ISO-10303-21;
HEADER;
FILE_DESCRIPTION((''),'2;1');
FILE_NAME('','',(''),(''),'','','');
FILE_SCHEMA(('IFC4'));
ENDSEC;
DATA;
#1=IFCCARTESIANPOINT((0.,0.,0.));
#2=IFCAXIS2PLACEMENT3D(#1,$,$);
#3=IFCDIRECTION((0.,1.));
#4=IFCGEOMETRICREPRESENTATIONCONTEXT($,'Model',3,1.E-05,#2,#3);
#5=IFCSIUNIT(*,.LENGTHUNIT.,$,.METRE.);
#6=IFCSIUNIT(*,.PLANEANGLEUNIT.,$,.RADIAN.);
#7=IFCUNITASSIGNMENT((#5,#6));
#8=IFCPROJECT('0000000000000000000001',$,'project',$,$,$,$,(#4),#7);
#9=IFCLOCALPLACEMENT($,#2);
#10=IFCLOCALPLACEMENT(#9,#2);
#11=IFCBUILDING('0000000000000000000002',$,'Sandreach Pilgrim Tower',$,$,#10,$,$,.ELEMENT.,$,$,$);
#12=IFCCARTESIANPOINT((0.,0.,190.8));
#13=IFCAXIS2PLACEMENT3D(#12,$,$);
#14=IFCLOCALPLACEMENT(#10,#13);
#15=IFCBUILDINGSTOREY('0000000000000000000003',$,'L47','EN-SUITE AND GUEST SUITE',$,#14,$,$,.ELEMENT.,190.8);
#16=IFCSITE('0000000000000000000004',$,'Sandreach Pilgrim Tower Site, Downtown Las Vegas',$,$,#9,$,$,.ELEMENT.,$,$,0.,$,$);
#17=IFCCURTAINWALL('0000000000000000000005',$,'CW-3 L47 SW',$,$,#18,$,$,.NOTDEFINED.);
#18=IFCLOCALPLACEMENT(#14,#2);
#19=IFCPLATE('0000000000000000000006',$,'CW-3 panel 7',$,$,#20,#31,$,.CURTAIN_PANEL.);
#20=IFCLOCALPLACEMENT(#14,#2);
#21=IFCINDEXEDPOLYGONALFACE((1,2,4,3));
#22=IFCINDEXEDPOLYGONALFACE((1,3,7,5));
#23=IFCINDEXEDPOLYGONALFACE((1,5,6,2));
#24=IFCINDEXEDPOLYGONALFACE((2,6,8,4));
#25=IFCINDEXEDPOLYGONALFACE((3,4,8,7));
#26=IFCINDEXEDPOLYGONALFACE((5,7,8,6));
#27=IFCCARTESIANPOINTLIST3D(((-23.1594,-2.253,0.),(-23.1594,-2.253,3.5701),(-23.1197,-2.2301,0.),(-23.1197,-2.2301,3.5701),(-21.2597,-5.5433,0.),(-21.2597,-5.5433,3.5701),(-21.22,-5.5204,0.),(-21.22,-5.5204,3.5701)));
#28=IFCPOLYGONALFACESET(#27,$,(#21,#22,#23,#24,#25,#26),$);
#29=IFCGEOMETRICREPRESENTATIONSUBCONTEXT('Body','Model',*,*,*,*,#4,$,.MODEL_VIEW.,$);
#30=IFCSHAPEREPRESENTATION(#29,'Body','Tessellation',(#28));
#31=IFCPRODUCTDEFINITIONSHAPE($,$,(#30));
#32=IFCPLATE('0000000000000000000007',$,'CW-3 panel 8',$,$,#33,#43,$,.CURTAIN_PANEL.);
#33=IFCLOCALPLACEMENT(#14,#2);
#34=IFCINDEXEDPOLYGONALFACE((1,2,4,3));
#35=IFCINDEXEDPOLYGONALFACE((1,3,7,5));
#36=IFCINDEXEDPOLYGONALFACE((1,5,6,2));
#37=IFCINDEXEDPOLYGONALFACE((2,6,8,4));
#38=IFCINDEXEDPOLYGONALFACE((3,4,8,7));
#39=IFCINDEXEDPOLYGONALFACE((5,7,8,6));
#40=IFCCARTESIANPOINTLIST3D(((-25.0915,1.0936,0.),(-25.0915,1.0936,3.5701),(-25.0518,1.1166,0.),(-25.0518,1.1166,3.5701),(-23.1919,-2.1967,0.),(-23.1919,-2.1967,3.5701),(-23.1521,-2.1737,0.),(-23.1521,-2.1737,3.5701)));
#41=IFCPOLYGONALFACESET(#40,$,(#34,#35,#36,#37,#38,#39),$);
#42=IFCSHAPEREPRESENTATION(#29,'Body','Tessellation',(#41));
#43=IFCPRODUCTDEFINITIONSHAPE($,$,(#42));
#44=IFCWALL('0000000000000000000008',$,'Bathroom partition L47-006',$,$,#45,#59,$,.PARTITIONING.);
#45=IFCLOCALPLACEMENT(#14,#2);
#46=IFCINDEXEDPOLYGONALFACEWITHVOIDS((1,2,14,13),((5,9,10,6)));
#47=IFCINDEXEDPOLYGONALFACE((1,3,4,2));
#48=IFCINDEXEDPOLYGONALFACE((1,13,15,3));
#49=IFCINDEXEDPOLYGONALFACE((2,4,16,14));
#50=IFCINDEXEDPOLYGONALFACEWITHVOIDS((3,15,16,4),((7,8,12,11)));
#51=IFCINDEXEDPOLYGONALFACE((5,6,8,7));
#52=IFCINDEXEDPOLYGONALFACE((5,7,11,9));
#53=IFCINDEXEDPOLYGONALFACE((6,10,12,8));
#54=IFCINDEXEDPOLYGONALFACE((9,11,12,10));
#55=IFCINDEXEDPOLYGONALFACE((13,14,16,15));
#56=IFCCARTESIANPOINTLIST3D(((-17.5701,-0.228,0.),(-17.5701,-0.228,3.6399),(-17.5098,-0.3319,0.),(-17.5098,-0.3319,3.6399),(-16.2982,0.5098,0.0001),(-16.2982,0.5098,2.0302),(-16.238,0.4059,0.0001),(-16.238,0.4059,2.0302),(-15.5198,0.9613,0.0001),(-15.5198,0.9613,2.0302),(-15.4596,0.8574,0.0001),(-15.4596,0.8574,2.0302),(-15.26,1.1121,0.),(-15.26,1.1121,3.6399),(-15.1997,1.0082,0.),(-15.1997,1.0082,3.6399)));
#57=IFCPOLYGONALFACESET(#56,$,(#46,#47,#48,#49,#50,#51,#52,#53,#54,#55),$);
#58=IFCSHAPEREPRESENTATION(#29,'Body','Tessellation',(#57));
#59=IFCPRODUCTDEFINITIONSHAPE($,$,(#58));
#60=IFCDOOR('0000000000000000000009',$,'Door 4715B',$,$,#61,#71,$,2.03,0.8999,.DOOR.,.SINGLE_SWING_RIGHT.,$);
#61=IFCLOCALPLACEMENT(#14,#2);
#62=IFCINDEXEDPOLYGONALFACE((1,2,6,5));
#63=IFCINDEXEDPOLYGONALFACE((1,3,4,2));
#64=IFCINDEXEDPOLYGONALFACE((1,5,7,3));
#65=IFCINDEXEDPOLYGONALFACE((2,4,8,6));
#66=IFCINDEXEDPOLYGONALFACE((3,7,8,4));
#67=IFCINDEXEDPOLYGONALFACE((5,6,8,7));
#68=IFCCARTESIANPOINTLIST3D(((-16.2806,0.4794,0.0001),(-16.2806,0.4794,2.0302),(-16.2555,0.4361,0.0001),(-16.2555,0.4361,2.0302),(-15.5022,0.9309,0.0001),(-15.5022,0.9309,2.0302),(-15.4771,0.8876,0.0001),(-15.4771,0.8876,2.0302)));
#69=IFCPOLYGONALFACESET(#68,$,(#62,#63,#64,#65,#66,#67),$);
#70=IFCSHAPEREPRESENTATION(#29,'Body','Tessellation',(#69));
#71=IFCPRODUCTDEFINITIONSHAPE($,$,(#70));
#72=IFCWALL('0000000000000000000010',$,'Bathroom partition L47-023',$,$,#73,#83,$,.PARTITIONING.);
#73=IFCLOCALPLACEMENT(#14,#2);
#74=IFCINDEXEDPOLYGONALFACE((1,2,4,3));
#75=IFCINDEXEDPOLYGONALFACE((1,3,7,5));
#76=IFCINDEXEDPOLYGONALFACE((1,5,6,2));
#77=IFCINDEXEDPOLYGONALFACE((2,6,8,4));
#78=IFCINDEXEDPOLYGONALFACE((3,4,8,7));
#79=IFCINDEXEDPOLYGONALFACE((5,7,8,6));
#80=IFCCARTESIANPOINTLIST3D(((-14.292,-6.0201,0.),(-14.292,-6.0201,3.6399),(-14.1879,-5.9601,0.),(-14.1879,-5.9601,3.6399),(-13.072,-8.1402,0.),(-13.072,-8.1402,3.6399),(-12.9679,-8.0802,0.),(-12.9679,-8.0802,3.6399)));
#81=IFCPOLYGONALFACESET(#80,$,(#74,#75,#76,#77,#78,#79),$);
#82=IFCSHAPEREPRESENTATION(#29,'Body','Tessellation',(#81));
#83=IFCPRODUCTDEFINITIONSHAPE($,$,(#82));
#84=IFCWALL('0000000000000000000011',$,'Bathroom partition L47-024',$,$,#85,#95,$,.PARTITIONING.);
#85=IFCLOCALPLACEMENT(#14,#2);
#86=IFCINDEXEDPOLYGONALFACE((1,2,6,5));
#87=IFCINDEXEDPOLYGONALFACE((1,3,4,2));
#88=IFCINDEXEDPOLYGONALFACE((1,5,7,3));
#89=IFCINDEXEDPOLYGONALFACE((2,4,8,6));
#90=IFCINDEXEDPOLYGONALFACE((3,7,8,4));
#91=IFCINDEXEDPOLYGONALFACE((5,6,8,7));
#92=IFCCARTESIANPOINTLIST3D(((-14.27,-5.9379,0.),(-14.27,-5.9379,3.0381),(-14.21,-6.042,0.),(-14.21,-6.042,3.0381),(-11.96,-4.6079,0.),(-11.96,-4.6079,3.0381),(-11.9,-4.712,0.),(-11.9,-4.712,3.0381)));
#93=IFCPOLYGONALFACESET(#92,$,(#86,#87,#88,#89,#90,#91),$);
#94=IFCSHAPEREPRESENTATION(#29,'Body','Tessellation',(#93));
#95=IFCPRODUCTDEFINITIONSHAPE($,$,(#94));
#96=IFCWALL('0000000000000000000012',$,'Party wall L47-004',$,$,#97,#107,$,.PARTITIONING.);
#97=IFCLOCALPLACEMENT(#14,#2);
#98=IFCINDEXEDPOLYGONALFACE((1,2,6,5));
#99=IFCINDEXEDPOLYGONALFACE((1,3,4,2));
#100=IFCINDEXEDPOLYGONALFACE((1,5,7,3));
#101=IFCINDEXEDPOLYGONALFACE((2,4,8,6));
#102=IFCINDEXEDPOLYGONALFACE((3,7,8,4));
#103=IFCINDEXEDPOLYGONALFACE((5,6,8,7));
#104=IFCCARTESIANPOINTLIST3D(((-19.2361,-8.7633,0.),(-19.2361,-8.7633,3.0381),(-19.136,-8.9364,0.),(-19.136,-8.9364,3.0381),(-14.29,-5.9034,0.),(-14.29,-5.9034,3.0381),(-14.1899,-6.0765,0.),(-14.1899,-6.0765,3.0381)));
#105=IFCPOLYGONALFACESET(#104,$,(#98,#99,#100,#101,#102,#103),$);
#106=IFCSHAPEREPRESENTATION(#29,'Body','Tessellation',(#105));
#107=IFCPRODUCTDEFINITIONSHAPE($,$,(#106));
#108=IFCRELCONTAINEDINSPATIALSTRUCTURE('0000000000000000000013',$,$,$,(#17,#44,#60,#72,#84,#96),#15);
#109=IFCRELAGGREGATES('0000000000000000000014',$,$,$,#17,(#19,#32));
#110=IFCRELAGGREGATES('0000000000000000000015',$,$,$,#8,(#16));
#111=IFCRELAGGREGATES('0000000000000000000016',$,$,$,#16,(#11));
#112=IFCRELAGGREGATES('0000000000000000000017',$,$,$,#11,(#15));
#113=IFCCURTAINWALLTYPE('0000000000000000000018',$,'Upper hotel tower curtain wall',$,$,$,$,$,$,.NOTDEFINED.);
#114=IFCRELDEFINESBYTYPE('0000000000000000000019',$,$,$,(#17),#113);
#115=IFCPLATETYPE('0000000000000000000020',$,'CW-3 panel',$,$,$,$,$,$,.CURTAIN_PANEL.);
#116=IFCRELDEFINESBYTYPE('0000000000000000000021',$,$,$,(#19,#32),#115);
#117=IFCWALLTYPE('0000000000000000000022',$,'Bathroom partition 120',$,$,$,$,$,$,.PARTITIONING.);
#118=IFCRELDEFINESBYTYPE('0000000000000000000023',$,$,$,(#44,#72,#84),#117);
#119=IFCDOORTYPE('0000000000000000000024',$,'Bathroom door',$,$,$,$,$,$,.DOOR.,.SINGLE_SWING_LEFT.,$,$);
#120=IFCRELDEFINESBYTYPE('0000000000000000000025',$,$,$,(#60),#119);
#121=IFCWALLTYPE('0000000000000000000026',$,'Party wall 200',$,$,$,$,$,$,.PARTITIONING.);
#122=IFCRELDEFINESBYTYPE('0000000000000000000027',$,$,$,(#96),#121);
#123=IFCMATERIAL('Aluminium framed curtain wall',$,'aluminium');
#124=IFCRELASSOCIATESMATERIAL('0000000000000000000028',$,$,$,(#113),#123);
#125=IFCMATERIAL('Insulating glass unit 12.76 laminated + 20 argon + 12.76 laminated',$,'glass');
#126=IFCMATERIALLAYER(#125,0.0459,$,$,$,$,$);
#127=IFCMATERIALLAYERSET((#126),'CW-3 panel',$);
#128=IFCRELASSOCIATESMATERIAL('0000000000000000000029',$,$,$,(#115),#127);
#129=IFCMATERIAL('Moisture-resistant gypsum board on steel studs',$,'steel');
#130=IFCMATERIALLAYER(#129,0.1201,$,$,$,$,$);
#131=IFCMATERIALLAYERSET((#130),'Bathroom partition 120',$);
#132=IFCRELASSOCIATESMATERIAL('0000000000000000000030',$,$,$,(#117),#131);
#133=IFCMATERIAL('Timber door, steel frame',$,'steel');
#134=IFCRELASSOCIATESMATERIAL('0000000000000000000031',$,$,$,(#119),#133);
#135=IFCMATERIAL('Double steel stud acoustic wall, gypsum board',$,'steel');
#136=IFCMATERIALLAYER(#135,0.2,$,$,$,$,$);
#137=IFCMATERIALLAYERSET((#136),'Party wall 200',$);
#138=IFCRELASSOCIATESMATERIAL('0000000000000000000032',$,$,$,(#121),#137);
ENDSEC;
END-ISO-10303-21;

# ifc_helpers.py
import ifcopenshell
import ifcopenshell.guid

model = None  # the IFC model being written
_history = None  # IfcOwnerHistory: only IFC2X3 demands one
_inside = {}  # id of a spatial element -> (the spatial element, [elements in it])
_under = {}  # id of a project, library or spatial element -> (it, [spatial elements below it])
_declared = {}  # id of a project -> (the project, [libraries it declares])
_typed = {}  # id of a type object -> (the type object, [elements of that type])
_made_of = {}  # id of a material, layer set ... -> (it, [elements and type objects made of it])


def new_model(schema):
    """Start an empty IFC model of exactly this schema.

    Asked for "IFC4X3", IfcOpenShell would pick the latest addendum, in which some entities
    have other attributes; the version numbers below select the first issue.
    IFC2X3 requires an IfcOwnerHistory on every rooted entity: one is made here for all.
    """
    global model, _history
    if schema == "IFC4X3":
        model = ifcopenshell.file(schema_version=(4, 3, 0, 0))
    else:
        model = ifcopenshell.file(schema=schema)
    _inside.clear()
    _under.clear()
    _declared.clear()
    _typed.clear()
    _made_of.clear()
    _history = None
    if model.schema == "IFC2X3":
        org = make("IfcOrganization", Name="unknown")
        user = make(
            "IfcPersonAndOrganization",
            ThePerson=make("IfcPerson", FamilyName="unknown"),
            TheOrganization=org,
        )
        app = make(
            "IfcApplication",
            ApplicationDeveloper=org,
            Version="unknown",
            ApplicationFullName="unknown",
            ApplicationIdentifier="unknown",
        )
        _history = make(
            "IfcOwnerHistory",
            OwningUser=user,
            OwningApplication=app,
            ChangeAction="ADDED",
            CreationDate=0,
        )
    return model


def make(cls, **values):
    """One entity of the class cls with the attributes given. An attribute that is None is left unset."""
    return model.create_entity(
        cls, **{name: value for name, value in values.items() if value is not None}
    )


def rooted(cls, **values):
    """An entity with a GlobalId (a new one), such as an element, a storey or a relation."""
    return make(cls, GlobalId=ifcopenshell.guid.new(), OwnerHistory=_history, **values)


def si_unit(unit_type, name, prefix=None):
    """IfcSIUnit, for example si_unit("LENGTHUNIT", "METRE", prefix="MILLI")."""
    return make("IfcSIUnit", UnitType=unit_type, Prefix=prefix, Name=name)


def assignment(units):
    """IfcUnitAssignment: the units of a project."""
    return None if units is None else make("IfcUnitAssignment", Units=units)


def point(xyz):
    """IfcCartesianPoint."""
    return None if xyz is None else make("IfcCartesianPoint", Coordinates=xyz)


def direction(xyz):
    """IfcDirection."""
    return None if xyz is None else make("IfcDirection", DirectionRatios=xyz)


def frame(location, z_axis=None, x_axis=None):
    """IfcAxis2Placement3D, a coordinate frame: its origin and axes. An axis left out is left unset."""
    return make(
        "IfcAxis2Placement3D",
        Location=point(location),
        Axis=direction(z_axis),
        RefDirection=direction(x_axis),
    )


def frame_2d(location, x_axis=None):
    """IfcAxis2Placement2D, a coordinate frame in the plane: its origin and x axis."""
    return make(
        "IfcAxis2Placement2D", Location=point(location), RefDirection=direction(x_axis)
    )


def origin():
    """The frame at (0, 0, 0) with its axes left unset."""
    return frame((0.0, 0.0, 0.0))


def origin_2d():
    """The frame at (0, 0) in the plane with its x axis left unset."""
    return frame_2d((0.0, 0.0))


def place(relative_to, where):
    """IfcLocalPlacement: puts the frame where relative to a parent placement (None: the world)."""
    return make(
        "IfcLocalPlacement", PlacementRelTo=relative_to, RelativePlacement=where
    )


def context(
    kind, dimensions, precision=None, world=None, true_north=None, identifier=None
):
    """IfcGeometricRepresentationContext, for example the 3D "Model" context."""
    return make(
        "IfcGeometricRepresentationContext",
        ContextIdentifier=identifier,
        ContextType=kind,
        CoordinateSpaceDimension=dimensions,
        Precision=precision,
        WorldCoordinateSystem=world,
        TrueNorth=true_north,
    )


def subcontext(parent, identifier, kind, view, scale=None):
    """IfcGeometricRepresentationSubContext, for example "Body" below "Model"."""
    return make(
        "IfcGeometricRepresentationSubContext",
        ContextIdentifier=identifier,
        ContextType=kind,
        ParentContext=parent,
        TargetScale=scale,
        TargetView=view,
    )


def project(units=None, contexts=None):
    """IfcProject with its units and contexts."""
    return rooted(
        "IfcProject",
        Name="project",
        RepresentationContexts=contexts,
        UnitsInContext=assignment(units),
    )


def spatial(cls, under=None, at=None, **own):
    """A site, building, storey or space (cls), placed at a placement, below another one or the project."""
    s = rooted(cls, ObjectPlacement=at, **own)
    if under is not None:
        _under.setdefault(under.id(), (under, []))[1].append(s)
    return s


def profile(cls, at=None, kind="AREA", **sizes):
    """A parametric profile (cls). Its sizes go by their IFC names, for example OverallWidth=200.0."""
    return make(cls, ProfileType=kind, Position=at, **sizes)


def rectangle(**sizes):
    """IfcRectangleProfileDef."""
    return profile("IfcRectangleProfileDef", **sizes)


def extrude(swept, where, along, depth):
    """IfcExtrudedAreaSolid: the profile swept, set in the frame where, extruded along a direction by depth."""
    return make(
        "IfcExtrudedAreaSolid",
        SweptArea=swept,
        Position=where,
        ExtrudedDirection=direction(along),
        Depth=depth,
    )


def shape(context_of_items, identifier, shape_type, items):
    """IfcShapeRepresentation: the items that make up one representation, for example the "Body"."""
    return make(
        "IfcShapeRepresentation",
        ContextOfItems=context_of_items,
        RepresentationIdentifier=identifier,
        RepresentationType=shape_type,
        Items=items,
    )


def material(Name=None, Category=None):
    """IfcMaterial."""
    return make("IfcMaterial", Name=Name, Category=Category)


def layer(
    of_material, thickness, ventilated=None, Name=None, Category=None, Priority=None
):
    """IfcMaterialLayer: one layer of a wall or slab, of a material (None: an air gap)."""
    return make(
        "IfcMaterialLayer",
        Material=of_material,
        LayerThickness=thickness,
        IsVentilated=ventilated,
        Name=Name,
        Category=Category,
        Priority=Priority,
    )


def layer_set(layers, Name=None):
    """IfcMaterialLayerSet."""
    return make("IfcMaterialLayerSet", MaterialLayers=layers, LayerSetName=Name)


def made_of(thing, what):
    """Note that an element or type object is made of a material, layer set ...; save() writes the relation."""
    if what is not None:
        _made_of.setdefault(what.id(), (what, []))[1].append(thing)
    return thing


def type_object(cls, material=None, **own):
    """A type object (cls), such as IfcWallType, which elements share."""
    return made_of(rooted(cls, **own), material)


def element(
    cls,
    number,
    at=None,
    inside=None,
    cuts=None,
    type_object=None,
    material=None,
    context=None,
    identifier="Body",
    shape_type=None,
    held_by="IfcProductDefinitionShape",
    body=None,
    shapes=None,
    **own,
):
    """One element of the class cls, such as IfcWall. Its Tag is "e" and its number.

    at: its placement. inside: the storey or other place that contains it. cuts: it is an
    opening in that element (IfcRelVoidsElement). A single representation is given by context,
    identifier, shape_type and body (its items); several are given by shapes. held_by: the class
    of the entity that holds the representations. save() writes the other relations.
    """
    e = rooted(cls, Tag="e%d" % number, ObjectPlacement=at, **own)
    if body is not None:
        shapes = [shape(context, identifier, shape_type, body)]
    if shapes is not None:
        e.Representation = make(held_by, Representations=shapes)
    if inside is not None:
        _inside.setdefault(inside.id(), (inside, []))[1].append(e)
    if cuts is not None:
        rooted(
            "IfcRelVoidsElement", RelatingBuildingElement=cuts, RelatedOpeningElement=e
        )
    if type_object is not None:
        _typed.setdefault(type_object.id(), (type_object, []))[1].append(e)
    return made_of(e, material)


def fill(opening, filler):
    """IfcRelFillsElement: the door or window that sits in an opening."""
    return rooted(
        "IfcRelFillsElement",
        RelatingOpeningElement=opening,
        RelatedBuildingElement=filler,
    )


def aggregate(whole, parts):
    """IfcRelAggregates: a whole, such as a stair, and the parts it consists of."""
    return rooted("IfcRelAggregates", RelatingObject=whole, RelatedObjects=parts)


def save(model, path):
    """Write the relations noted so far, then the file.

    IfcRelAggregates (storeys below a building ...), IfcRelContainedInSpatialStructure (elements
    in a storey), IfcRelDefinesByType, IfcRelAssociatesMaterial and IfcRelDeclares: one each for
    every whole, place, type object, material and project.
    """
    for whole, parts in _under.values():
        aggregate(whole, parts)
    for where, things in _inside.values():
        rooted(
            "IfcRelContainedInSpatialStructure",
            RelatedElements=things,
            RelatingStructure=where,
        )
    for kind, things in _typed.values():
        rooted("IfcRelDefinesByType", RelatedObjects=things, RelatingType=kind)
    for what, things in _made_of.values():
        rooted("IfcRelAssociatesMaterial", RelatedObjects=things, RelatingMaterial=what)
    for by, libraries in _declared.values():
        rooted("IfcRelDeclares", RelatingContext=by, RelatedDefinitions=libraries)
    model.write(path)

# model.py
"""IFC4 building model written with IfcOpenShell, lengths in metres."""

from ifc_helpers import new_model, si_unit, direction, frame, frame_2d, origin, origin_2d, place, context, subcontext, project, spatial, rectangle, extrude, material, layer, layer_set, type_object, element, fill, aggregate, save


model = new_model("IFC4")

# Units and contexts
model_context = context("Model", 3, precision=1e-05, world=origin(), true_north=direction((0.0, 1.0)))
body_context = subcontext(model_context, "Body", "Model", "MODEL_VIEW")
ifc_project = project(units=[si_unit("LENGTHUNIT", "METRE"), si_unit("PLANEANGLEUNIT", "RADIAN")], contexts=[model_context])

# Site, building, storey
site_placement = place(None, origin())
site = spatial("IfcSite", under=ifc_project, at=site_placement, Name="Sandreach Pilgrim Tower Site, Downtown Las Vegas", CompositionType="ELEMENT", RefElevation=0.0)
building_placement = place(site_placement, origin())
building = spatial("IfcBuilding", under=site, at=building_placement, Name="Sandreach Pilgrim Tower", CompositionType="ELEMENT")
storey_placement = place(building_placement, frame((0.0, 0.0, 190.8)))
storey = spatial("IfcBuildingStorey", under=building, at=storey_placement, Name="L47", Description="EN-SUITE AND GUEST SUITE", CompositionType="ELEMENT", Elevation=190.8)

# Curtain wall
ifc_material_1 = material(Name="Aluminium framed curtain wall", Category="aluminium")
curtain_wall_type = type_object("IfcCurtainWallType", Name="Upper hotel tower curtain wall", PredefinedType="NOTDEFINED", material=ifc_material_1)
curtain_wall_placement = place(storey_placement, origin())
curtain_wall = element("IfcCurtainWall", 1, at=curtain_wall_placement, inside=storey, type_object=curtain_wall_type, Name="CW-3 L47 SW", PredefinedType="NOTDEFINED")

# Plates
ifc_material_2 = material(Name="Insulating glass unit 12.76 laminated + 20 argon + 12.76 laminated", Category="glass")
ifc_layer_1 = layer(ifc_material_2, 0.0459)
ifc_layer_set_1 = layer_set([ifc_layer_1], Name="CW-3 panel")
plate_type = type_object("IfcPlateType", Name="CW-3 panel", PredefinedType="CURTAIN_PANEL", material=ifc_layer_set_1)
plate_1_placement = place(storey_placement, frame((-22.1897, -3.8867, 0.0), z_axis=(0.0, 0.0, 1.0), x_axis=(-0.5, 0.866025, 0.0)))
plate_1 = element("IfcPlate", 2, at=plate_1_placement, type_object=plate_type, Name="CW-3 panel 7", PredefinedType="CURTAIN_PANEL", context=body_context, shape_type="SweptSolid", body=[
    extrude(rectangle(XDim=3.7993, YDim=0.0459, at=origin_2d()), origin(), (0.0, 0.0, 1.0), 3.5701),
])
plate_2_placement = place(storey_placement, frame((-24.1218, -0.54, 0.0), z_axis=(0.0, 0.0, 1.0), x_axis=(-0.5, 0.866025, 0.0)))
plate_2 = element("IfcPlate", 3, at=plate_2_placement, type_object=plate_type, Name="CW-3 panel 8", PredefinedType="CURTAIN_PANEL", context=body_context, shape_type="SweptSolid", body=[
    extrude(rectangle(XDim=3.7993, YDim=0.0459, at=origin_2d()), origin(), (0.0, 0.0, 1.0), 3.5701),
])
aggregate(curtain_wall, [plate_1, plate_2])

# Wall, opening, door
ifc_material_3 = material(Name="Moisture-resistant gypsum board on steel studs", Category="steel")
ifc_layer_2 = layer(ifc_material_3, 0.1201)
ifc_layer_set_2 = layer_set([ifc_layer_2], Name="Bathroom partition 120")
wall_type_1 = type_object("IfcWallType", Name="Bathroom partition 120", PredefinedType="PARTITIONING", material=ifc_layer_set_2)
wall_1_placement = place(storey_placement, frame((-17.54, -0.28, 0.0), z_axis=(0.0, 0.0, 1.0), x_axis=(0.86499, 0.501789, 0.0)))
wall_1 = element("IfcWall", 4, at=wall_1_placement, inside=storey, type_object=wall_type_1, Name="Bathroom partition L47-006", PredefinedType="PARTITIONING", context=body_context, shape_type="SweptSolid", body=[
    extrude(rectangle(XDim=2.6707, YDim=0.1201, at=frame_2d((1.3354, 0.0))), origin(), (0.0, 0.0, 1.0), 3.6399),
])
opening_placement = place(wall_1_placement, frame((1.4705, 0.0, 0.0)))
opening = element("IfcOpeningElement", 5, at=opening_placement, cuts=wall_1, PredefinedType="OPENING", context=body_context, shape_type="SweptSolid", body=[
    extrude(rectangle(XDim=0.8999, YDim=2.03, at=frame_2d((0.45, 1.0151))), frame((0.0, 0.0601, 0.0), z_axis=(0.0, -1.0, 0.0), x_axis=(1.0, 0.0, 0.0)), (0.0, 0.0, 1.0), 0.1201),
])
ifc_material_4 = material(Name="Timber door, steel frame", Category="steel")
door_type = type_object("IfcDoorType", Name="Bathroom door", OperationType="SINGLE_SWING_LEFT", PredefinedType="DOOR", material=ifc_material_4)
door_placement = place(opening_placement, origin())
door = element("IfcDoor", 6, at=door_placement, inside=storey, type_object=door_type, Name="Door 4715B", OperationType="SINGLE_SWING_RIGHT", OverallHeight=2.03, OverallWidth=0.8999, PredefinedType="DOOR", context=body_context, shape_type="SweptSolid", body=[
    extrude(rectangle(XDim=0.8999, YDim=2.03, at=frame_2d((0.45, 1.0151))), frame((0.0, 0.0249, 0.0), z_axis=(0.0, -1.0, 0.0), x_axis=(1.0, 0.0, 0.0)), (0.0, 0.0, 1.0), 0.05),
])
fill(opening, door)

# Walls
wall_2_placement = place(storey_placement, frame((-14.24, -5.99, 0.0), z_axis=(0.0, 0.0, 1.0), x_axis=(0.498749, -0.866747, 0.0)))
element("IfcWall", 7, at=wall_2_placement, inside=storey, type_object=wall_type_1, Name="Bathroom partition L47-023", PredefinedType="PARTITIONING", context=body_context, shape_type="SweptSolid", body=[
    extrude(rectangle(XDim=2.446, YDim=0.1201, at=frame_2d((1.2231, 0.0))), origin(), (0.0, 0.0, 1.0), 3.6399),
])
wall_3_placement = place(storey_placement, frame((-14.24, -5.99, 0.0), z_axis=(0.0, 0.0, 1.0), x_axis=(0.866615, 0.498977, 0.0)))
element("IfcWall", 8, at=wall_3_placement, inside=storey, type_object=wall_type_1, Name="Bathroom partition L47-024", PredefinedType="PARTITIONING", context=body_context, shape_type="SweptSolid", body=[
    extrude(rectangle(XDim=2.6655, YDim=0.1201, at=frame_2d((1.3328, 0.0))), origin(), (0.0, 0.0, 1.0), 3.0381),
])
ifc_material_5 = material(Name="Double steel stud acoustic wall, gypsum board", Category="steel")
ifc_layer_3 = layer(ifc_material_5, 0.2)
ifc_layer_set_3 = layer_set([ifc_layer_3], Name="Party wall 200")
wall_type_2 = type_object("IfcWallType", Name="Party wall 200", PredefinedType="PARTITIONING", material=ifc_layer_set_3)
wall_4_placement = place(storey_placement, frame((-19.186, -8.8499, 0.0), z_axis=(0.0, 0.0, 1.0), x_axis=(0.865702, 0.500559, 0.0)))
element("IfcWall", 9, at=wall_4_placement, inside=storey, type_object=wall_type_2, Name="Party wall L47-004", PredefinedType="PARTITIONING", context=body_context, shape_type="SweptSolid", body=[
    extrude(rectangle(XDim=5.7134, YDim=0.2, at=frame_2d((2.8567, 0.0))), origin(), (0.0, 0.0, 1.0), 3.0381),
])

save(model, "model.ifc")
